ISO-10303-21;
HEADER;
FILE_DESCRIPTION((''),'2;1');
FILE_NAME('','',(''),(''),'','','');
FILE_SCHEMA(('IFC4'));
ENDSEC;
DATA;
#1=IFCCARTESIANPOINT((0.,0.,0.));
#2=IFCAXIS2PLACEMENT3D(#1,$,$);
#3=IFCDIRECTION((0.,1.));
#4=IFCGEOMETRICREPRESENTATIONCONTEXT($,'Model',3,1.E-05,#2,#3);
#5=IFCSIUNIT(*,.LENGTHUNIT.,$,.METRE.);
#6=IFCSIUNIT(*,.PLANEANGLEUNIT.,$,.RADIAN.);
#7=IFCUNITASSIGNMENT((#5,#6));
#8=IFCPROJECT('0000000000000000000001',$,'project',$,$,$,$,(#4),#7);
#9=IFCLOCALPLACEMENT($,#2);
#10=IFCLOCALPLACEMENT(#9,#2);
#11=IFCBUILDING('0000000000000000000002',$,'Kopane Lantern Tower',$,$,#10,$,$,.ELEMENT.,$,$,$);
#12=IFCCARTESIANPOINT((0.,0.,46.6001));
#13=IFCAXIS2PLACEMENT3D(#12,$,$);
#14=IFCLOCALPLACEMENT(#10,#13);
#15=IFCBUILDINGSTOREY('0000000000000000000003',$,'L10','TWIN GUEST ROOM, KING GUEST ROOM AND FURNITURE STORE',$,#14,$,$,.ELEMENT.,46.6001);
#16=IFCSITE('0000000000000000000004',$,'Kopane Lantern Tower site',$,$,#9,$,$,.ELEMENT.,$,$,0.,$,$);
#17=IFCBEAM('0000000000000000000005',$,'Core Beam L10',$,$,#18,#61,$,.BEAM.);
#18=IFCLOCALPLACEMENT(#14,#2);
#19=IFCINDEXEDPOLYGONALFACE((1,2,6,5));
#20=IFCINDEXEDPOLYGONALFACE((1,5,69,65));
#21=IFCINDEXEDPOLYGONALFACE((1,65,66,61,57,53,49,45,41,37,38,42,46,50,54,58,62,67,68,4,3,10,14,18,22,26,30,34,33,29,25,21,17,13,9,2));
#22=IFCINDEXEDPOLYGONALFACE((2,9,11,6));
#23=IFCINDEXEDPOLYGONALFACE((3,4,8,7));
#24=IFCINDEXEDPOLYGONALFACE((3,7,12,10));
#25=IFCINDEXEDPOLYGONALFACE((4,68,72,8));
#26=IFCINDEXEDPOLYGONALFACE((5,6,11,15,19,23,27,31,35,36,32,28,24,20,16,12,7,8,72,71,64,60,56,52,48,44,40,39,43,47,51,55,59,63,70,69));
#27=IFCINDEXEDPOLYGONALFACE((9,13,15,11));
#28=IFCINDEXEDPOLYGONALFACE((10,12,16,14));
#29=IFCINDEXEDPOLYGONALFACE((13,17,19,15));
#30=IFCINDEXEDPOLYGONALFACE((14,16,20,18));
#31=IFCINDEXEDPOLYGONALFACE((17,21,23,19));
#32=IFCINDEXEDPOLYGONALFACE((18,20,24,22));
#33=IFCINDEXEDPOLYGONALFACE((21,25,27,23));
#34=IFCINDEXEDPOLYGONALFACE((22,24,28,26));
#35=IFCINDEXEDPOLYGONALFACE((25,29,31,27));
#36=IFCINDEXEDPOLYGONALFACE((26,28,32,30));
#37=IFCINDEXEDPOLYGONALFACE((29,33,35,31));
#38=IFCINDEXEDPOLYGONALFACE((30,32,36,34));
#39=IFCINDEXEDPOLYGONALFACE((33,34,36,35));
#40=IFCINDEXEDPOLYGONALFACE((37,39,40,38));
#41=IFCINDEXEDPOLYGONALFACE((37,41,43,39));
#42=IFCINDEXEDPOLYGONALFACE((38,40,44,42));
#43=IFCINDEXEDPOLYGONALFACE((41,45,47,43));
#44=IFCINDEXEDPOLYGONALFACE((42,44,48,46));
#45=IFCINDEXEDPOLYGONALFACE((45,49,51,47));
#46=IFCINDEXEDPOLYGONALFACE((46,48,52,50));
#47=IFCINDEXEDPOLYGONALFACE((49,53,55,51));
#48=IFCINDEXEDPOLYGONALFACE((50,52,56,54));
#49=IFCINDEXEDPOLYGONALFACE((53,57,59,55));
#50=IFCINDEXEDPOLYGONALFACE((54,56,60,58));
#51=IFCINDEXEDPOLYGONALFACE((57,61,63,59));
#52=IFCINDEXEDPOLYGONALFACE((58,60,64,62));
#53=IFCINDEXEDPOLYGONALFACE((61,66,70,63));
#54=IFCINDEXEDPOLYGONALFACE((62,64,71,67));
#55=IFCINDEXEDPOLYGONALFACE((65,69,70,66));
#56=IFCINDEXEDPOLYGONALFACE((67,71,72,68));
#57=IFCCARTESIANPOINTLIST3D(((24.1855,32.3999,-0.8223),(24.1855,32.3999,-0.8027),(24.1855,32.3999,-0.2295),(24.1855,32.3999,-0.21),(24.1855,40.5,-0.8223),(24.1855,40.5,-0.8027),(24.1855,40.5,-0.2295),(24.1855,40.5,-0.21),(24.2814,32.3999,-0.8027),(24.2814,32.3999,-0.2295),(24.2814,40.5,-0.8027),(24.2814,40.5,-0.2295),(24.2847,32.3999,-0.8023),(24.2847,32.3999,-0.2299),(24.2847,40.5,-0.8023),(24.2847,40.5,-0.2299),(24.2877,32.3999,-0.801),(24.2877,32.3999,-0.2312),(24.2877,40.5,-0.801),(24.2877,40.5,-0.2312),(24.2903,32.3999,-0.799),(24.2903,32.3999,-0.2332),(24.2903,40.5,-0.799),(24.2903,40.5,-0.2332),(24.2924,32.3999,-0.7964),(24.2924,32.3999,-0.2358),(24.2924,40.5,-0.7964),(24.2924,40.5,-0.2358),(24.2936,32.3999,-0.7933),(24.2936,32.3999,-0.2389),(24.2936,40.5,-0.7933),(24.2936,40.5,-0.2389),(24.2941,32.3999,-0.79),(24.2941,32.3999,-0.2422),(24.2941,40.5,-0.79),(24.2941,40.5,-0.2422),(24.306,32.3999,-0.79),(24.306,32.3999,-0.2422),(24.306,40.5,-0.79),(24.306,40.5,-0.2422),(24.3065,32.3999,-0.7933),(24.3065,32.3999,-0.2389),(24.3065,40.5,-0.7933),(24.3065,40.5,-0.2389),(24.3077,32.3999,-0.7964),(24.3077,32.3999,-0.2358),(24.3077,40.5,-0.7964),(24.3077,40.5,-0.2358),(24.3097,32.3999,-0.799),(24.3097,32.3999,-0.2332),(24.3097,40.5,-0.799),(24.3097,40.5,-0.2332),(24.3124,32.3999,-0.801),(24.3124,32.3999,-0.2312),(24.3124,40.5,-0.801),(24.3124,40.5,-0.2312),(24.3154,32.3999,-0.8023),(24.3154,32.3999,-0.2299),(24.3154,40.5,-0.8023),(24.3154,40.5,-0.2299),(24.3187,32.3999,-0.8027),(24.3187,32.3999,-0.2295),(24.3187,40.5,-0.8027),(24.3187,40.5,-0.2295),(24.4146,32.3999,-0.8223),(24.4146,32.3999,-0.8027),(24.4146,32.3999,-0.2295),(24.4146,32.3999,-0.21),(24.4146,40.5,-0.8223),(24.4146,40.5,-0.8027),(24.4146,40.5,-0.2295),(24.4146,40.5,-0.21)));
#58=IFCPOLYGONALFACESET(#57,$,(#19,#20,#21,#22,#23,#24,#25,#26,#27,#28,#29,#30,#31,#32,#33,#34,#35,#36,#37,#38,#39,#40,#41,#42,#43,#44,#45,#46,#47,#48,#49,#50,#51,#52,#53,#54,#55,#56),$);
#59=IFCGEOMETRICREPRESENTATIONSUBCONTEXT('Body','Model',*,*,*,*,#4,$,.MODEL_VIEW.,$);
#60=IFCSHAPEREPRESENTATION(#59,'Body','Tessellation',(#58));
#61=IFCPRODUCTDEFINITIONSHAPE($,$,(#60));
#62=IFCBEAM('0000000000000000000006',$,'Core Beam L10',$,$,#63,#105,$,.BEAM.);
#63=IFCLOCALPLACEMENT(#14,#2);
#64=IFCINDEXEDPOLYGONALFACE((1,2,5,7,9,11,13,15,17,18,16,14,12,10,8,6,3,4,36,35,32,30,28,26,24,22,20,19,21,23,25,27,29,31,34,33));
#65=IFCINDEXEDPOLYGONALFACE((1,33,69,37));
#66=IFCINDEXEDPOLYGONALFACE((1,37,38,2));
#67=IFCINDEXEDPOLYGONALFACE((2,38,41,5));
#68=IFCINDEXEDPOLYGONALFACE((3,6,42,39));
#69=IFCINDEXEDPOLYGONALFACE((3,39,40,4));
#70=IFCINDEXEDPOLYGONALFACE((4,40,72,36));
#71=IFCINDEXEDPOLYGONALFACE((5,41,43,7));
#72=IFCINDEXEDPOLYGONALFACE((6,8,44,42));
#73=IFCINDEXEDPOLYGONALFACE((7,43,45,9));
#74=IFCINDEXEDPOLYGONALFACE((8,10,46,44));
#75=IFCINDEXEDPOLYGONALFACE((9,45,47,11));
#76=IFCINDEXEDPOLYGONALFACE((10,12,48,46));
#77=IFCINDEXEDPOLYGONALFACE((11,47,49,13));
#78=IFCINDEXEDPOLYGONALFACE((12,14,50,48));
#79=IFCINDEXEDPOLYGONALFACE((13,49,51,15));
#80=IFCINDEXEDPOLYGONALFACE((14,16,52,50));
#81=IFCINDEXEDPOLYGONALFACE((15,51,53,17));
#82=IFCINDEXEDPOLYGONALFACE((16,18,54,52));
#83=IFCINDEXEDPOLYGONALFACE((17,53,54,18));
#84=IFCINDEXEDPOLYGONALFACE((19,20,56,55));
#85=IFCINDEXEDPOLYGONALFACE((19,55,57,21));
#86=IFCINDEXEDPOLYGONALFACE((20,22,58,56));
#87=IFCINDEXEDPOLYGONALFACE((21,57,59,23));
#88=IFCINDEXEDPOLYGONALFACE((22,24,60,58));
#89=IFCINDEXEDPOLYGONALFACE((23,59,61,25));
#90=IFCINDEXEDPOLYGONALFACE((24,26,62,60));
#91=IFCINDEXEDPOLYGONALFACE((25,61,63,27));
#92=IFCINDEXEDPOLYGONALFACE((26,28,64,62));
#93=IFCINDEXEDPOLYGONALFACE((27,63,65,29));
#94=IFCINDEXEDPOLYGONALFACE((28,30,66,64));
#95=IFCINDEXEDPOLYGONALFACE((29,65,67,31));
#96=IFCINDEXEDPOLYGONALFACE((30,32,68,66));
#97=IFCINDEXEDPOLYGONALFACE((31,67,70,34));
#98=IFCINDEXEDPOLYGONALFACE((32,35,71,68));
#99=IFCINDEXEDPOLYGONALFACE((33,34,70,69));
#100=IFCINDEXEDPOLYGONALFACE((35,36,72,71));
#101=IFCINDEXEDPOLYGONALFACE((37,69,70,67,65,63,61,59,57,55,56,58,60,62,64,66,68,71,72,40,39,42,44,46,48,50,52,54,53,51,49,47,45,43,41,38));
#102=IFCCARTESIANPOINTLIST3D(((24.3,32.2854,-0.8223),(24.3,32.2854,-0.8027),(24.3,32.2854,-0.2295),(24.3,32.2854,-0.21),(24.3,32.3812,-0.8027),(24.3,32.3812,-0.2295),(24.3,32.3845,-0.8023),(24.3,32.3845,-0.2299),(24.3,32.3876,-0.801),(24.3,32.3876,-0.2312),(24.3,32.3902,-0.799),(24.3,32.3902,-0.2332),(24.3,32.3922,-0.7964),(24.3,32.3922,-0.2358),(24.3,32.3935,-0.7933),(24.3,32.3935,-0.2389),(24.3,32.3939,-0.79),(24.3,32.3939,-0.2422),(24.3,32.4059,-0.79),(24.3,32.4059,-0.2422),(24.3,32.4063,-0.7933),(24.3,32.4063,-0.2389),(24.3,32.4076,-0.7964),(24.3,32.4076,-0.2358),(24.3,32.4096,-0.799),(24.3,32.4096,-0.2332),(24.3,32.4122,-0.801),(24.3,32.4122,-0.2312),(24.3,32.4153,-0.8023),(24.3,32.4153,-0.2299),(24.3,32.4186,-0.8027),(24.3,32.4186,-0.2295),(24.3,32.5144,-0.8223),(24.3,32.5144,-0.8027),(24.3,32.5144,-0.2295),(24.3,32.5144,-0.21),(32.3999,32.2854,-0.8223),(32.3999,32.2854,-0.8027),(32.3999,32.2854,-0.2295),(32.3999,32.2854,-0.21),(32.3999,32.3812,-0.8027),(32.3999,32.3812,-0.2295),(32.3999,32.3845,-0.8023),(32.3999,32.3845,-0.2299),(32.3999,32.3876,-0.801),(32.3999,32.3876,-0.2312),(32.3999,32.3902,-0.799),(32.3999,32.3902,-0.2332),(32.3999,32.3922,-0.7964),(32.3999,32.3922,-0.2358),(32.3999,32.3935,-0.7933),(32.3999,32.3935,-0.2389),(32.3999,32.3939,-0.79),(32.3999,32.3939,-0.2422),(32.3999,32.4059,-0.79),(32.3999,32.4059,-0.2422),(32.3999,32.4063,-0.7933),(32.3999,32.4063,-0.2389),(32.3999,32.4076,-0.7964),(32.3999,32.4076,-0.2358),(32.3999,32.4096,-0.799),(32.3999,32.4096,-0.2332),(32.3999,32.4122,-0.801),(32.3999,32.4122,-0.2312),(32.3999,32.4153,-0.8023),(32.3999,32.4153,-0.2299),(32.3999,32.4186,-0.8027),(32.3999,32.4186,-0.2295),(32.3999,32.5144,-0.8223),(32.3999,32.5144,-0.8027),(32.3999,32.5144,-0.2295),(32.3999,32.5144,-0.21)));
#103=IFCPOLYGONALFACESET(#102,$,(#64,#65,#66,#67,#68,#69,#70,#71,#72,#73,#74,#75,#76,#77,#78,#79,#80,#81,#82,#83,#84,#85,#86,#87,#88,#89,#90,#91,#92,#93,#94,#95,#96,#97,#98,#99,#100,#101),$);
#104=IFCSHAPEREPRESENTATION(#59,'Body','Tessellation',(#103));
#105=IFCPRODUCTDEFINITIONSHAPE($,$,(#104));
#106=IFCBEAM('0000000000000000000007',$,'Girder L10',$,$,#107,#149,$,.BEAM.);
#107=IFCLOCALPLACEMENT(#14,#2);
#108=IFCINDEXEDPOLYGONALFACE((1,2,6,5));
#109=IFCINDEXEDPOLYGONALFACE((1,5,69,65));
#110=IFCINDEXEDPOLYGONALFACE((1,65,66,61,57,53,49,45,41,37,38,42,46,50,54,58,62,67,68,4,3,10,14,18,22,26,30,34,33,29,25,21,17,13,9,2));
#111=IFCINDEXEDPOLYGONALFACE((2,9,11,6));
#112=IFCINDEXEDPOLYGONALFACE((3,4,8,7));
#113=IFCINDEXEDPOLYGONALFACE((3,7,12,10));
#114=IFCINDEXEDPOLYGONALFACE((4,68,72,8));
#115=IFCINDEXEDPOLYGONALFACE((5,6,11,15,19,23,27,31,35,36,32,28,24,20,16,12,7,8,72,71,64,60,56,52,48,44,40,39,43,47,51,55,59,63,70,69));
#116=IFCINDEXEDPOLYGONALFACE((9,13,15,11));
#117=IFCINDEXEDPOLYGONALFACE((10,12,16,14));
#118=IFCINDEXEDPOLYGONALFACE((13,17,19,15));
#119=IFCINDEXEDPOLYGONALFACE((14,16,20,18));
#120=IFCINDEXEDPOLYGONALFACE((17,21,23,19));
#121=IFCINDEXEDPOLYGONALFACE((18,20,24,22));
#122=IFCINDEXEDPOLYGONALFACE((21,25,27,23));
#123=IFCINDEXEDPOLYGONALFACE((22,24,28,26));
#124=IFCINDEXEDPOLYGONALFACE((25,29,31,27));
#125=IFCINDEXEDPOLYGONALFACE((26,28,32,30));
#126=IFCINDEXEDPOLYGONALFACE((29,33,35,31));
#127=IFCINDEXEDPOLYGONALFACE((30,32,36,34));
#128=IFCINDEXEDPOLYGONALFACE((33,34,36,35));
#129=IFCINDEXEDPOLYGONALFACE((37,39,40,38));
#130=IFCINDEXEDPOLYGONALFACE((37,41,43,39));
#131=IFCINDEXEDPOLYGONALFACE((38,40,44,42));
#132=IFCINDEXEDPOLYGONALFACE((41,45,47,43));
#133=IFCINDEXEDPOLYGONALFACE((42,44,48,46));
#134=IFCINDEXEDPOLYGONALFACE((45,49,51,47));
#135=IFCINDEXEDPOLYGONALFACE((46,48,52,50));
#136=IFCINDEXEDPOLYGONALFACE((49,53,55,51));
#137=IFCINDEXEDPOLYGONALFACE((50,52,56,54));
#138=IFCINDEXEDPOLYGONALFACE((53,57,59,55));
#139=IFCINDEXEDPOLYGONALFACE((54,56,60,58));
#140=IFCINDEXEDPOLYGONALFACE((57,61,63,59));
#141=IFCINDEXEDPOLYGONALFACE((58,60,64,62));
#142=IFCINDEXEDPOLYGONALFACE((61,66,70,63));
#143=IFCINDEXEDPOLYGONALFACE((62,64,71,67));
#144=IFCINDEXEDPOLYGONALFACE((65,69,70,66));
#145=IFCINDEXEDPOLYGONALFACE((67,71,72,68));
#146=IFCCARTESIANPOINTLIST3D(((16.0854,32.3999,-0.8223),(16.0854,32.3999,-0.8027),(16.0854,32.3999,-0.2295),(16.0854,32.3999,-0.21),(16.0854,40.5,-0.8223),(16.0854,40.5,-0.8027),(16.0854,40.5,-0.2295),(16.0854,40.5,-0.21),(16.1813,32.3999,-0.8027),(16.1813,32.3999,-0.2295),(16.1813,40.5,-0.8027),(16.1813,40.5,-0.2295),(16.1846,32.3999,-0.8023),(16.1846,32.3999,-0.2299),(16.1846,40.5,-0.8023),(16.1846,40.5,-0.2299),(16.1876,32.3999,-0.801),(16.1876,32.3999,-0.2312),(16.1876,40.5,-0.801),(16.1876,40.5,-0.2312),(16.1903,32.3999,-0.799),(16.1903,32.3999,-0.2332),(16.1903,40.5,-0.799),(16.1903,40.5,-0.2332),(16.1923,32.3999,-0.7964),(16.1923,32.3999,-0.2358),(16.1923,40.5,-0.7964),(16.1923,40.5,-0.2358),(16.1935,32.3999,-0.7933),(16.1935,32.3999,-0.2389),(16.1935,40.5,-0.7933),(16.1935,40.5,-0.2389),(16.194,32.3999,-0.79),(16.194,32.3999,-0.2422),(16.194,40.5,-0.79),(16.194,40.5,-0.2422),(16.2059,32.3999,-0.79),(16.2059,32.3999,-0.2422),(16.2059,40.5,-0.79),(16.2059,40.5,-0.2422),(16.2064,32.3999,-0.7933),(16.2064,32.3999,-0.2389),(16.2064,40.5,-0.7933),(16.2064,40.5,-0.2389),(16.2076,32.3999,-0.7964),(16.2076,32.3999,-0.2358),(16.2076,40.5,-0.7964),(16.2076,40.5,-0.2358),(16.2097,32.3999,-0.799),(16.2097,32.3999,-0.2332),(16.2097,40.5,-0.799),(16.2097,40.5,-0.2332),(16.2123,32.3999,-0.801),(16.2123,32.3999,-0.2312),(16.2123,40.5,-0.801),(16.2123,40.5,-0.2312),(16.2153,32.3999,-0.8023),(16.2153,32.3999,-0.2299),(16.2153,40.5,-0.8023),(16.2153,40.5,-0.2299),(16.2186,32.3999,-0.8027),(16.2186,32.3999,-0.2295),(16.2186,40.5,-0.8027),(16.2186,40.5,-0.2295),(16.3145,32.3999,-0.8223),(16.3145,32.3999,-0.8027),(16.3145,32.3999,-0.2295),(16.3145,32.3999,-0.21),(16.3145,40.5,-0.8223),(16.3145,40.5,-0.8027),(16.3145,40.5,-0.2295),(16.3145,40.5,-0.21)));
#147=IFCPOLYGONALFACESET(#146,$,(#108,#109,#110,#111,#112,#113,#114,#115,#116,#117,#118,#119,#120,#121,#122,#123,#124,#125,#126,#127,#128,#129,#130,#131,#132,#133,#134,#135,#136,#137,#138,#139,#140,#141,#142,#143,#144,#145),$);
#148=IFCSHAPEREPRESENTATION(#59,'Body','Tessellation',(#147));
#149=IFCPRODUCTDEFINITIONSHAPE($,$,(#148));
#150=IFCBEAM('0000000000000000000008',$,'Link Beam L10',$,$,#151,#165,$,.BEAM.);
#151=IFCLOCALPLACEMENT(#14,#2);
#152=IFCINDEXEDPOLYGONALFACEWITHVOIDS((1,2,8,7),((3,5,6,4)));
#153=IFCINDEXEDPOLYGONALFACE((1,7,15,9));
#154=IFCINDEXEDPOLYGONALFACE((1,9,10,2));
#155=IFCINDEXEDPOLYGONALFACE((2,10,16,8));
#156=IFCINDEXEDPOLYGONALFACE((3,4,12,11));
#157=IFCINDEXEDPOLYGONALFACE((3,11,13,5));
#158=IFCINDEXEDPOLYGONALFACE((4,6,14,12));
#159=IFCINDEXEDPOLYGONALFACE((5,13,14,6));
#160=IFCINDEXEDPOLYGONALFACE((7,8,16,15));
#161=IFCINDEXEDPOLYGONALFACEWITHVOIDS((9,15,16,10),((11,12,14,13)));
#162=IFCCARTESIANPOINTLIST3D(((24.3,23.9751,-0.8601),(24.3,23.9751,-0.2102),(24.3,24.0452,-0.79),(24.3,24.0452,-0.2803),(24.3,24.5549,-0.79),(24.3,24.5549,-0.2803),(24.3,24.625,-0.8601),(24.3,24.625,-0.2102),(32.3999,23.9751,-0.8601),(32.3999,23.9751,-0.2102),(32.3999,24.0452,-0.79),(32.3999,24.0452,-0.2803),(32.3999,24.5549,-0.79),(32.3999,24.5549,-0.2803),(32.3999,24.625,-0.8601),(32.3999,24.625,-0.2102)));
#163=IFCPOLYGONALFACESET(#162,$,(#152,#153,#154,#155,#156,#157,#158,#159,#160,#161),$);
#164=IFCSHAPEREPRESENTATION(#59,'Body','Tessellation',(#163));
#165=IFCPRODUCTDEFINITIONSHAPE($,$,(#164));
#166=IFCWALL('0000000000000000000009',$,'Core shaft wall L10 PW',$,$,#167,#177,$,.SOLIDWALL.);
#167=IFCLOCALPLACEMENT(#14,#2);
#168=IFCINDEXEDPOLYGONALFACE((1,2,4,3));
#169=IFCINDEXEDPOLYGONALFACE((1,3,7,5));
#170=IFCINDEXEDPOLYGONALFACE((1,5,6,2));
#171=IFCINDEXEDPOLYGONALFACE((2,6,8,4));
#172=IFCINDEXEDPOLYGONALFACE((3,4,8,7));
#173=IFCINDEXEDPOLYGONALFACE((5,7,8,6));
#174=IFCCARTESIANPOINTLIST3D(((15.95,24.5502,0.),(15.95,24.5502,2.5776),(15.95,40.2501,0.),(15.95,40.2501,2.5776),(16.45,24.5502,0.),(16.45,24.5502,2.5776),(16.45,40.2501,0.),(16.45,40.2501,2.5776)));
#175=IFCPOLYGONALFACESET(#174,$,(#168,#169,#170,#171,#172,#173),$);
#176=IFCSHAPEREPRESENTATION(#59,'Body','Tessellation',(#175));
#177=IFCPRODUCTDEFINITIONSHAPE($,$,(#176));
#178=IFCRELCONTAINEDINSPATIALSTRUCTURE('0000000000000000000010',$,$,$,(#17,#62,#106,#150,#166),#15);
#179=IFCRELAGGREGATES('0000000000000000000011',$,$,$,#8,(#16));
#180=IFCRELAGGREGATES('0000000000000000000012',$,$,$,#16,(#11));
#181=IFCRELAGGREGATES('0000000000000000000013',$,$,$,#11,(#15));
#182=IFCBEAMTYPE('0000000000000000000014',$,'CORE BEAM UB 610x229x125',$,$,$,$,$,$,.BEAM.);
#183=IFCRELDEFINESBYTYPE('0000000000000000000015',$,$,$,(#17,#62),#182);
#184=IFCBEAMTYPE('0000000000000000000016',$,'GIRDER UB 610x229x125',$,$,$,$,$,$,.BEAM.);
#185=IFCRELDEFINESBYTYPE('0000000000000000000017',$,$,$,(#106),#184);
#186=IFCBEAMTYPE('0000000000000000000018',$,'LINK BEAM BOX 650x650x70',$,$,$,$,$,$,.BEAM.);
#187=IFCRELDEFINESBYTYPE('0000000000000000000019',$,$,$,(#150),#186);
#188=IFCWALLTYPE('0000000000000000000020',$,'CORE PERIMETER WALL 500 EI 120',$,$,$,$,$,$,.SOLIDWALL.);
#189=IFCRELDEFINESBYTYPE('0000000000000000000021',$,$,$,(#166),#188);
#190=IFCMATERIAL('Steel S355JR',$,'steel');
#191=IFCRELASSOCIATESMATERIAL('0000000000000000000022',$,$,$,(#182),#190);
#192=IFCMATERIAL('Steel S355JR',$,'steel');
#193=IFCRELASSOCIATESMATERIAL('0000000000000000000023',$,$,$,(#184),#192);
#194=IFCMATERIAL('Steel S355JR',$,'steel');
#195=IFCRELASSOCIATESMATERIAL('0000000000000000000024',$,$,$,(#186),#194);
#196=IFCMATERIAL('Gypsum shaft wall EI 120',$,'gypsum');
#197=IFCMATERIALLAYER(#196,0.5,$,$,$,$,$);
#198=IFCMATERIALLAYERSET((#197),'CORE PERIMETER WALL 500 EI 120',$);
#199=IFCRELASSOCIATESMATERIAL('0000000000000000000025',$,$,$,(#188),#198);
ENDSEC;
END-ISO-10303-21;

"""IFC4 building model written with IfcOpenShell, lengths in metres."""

from ifc_helpers import new_model, si_unit, direction, frame, frame_2d, origin, origin_2d, place, context, subcontext, project, spatial, rectangle, hollow_rectangle, i_section, extrude, material, layer, layer_set, material_profile, profile_set, type_object, element, save


model = new_model("IFC4")

# Units and contexts
model_context = context("Model", 3, precision=1e-05, world=origin(), true_north=direction((0.0, 1.0)))
body_context = subcontext(model_context, "Body", "Model", "MODEL_VIEW")
ifc_project = project(units=[si_unit("LENGTHUNIT", "METRE"), si_unit("PLANEANGLEUNIT", "RADIAN")], contexts=[model_context])

# Site, building, storey
site_placement = place(None, origin())
site = spatial("IfcSite", under=ifc_project, at=site_placement, Name="Kopane Lantern Tower site", CompositionType="ELEMENT", RefElevation=0.0)
building_placement = place(site_placement, origin())
building = spatial("IfcBuilding", under=site, at=building_placement, Name="Kopane Lantern Tower", CompositionType="ELEMENT")
storey_placement = place(building_placement, frame((0.0, 0.0, 46.6001)))
storey = spatial("IfcBuildingStorey", under=building, at=storey_placement, Name="L10", Description="TWIN GUEST ROOM, KING GUEST ROOM AND FURNITURE STORE", CompositionType="ELEMENT", Elevation=46.6001)

# Beams
ifc_material_1 = material(Name="Steel S355JR", Category="steel")
ifc_material_profile_1 = material_profile(ifc_material_1, i_section(OverallWidth=0.229, OverallDepth=0.6123, WebThickness=0.012, FlangeThickness=0.0195, FilletRadius=0.0127, at=origin_2d()), Name="UB 610x229x125")
ifc_profile_set_1 = profile_set([ifc_material_profile_1], Name="Steel S355JR")
beam_type_1 = type_object("IfcBeamType", Name="CORE BEAM UB 610x229x125", PredefinedType="BEAM", material=ifc_profile_set_1)
for number, where, z_axis, x_axis, name in (
    (1, (24.3, 32.3999, -0.5161), (0.0, 1.0, 0.0), (-1.0, 0.0, 0.0), "Core Beam L10"),
):
    element("IfcBeam", number, at=place(storey_placement, frame(where, z_axis=z_axis, x_axis=x_axis)), inside=storey, type_object=beam_type_1, Name=name, PredefinedType="BEAM", context=body_context, shape_type="SweptSolid", body=[
        extrude(i_section(OverallWidth=0.229, OverallDepth=0.6123, WebThickness=0.012, FlangeThickness=0.0195, FilletRadius=0.0127, at=origin_2d()), origin(), (0.0, 0.0, 1.0), 8.1001),
    ])
beam_1_placement = place(storey_placement, frame((24.3, 32.3999, -0.5161), z_axis=(1.0, 0.0, 0.0), x_axis=(0.0, 1.0, 0.0)))
element("IfcBeam", 2, at=beam_1_placement, inside=storey, type_object=beam_type_1, Name="Core Beam L10", PredefinedType="BEAM", context=body_context, shape_type="SweptSolid", body=[
    extrude(i_section(OverallWidth=0.229, OverallDepth=0.6123, WebThickness=0.012, FlangeThickness=0.0195, FilletRadius=0.0127, at=origin_2d()), origin(), (0.0, 0.0, 1.0), 8.0999),
])
ifc_material_2 = material(Name="Steel S355JR", Category="steel")
ifc_material_profile_2 = material_profile(ifc_material_2, i_section(OverallWidth=0.229, OverallDepth=0.6123, WebThickness=0.012, FlangeThickness=0.0195, FilletRadius=0.0127, at=origin_2d()), Name="UB 610x229x125")
ifc_profile_set_2 = profile_set([ifc_material_profile_2], Name="Steel S355JR")
beam_type_2 = type_object("IfcBeamType", Name="GIRDER UB 610x229x125", PredefinedType="BEAM", material=ifc_profile_set_2)
beam_2_placement = place(storey_placement, frame((16.2, 32.3999, -0.5161), z_axis=(0.0, 1.0, 0.0), x_axis=(-1.0, 0.0, 0.0)))
element("IfcBeam", 3, at=beam_2_placement, inside=storey, type_object=beam_type_2, Name="Girder L10", PredefinedType="BEAM", context=body_context, shape_type="SweptSolid", body=[
    extrude(i_section(OverallWidth=0.229, OverallDepth=0.6123, WebThickness=0.012, FlangeThickness=0.0195, FilletRadius=0.0127, at=origin_2d()), origin(), (0.0, 0.0, 1.0), 8.1001),
])
ifc_material_3 = material(Name="Steel S355JR", Category="steel")
ifc_material_profile_3 = material_profile(ifc_material_3, hollow_rectangle(XDim=0.6499, YDim=0.6499, WallThickness=0.0701, at=origin_2d()), Name="BOX 650x650x70")
ifc_profile_set_3 = profile_set([ifc_material_profile_3], Name="Steel S355JR")
beam_type_3 = type_object("IfcBeamType", Name="LINK BEAM BOX 650x650x70", PredefinedType="BEAM", material=ifc_profile_set_3)
beam_3_placement = place(storey_placement, frame((24.3, 24.3, -0.5352), z_axis=(1.0, 0.0, 0.0), x_axis=(0.0, 1.0, 0.0)))
element("IfcBeam", 4, at=beam_3_placement, inside=storey, type_object=beam_type_3, Name="Link Beam L10", PredefinedType="BEAM", context=body_context, shape_type="SweptSolid", body=[
    extrude(hollow_rectangle(XDim=0.6499, YDim=0.6499, WallThickness=0.0701, at=origin_2d()), origin(), (0.0, 0.0, 1.0), 8.0999),
])

# Wall
ifc_material_4 = material(Name="Gypsum shaft wall EI 120", Category="gypsum")
ifc_layer_1 = layer(ifc_material_4, 0.5)
ifc_layer_set_1 = layer_set([ifc_layer_1], Name="CORE PERIMETER WALL 500 EI 120")
wall_type_1 = type_object("IfcWallType", Name="CORE PERIMETER WALL 500 EI 120", PredefinedType="SOLIDWALL", material=ifc_layer_set_1)
wall_1_placement = place(storey_placement, frame((16.2, 24.55, 0.0), z_axis=(0.0, 0.0, 1.0), x_axis=(0.0, 1.0, 0.0)))
element("IfcWall", 5, at=wall_1_placement, inside=storey, type_object=wall_type_1, Name="Core shaft wall L10 PW", PredefinedType="SOLIDWALL", context=body_context, shape_type="SweptSolid", body=[
    extrude(rectangle(XDim=15.7, YDim=0.5, at=frame_2d((7.8501, 0.0))), origin(), (0.0, 0.0, 1.0), 2.5776),
])

save(model, "model.ifc")
